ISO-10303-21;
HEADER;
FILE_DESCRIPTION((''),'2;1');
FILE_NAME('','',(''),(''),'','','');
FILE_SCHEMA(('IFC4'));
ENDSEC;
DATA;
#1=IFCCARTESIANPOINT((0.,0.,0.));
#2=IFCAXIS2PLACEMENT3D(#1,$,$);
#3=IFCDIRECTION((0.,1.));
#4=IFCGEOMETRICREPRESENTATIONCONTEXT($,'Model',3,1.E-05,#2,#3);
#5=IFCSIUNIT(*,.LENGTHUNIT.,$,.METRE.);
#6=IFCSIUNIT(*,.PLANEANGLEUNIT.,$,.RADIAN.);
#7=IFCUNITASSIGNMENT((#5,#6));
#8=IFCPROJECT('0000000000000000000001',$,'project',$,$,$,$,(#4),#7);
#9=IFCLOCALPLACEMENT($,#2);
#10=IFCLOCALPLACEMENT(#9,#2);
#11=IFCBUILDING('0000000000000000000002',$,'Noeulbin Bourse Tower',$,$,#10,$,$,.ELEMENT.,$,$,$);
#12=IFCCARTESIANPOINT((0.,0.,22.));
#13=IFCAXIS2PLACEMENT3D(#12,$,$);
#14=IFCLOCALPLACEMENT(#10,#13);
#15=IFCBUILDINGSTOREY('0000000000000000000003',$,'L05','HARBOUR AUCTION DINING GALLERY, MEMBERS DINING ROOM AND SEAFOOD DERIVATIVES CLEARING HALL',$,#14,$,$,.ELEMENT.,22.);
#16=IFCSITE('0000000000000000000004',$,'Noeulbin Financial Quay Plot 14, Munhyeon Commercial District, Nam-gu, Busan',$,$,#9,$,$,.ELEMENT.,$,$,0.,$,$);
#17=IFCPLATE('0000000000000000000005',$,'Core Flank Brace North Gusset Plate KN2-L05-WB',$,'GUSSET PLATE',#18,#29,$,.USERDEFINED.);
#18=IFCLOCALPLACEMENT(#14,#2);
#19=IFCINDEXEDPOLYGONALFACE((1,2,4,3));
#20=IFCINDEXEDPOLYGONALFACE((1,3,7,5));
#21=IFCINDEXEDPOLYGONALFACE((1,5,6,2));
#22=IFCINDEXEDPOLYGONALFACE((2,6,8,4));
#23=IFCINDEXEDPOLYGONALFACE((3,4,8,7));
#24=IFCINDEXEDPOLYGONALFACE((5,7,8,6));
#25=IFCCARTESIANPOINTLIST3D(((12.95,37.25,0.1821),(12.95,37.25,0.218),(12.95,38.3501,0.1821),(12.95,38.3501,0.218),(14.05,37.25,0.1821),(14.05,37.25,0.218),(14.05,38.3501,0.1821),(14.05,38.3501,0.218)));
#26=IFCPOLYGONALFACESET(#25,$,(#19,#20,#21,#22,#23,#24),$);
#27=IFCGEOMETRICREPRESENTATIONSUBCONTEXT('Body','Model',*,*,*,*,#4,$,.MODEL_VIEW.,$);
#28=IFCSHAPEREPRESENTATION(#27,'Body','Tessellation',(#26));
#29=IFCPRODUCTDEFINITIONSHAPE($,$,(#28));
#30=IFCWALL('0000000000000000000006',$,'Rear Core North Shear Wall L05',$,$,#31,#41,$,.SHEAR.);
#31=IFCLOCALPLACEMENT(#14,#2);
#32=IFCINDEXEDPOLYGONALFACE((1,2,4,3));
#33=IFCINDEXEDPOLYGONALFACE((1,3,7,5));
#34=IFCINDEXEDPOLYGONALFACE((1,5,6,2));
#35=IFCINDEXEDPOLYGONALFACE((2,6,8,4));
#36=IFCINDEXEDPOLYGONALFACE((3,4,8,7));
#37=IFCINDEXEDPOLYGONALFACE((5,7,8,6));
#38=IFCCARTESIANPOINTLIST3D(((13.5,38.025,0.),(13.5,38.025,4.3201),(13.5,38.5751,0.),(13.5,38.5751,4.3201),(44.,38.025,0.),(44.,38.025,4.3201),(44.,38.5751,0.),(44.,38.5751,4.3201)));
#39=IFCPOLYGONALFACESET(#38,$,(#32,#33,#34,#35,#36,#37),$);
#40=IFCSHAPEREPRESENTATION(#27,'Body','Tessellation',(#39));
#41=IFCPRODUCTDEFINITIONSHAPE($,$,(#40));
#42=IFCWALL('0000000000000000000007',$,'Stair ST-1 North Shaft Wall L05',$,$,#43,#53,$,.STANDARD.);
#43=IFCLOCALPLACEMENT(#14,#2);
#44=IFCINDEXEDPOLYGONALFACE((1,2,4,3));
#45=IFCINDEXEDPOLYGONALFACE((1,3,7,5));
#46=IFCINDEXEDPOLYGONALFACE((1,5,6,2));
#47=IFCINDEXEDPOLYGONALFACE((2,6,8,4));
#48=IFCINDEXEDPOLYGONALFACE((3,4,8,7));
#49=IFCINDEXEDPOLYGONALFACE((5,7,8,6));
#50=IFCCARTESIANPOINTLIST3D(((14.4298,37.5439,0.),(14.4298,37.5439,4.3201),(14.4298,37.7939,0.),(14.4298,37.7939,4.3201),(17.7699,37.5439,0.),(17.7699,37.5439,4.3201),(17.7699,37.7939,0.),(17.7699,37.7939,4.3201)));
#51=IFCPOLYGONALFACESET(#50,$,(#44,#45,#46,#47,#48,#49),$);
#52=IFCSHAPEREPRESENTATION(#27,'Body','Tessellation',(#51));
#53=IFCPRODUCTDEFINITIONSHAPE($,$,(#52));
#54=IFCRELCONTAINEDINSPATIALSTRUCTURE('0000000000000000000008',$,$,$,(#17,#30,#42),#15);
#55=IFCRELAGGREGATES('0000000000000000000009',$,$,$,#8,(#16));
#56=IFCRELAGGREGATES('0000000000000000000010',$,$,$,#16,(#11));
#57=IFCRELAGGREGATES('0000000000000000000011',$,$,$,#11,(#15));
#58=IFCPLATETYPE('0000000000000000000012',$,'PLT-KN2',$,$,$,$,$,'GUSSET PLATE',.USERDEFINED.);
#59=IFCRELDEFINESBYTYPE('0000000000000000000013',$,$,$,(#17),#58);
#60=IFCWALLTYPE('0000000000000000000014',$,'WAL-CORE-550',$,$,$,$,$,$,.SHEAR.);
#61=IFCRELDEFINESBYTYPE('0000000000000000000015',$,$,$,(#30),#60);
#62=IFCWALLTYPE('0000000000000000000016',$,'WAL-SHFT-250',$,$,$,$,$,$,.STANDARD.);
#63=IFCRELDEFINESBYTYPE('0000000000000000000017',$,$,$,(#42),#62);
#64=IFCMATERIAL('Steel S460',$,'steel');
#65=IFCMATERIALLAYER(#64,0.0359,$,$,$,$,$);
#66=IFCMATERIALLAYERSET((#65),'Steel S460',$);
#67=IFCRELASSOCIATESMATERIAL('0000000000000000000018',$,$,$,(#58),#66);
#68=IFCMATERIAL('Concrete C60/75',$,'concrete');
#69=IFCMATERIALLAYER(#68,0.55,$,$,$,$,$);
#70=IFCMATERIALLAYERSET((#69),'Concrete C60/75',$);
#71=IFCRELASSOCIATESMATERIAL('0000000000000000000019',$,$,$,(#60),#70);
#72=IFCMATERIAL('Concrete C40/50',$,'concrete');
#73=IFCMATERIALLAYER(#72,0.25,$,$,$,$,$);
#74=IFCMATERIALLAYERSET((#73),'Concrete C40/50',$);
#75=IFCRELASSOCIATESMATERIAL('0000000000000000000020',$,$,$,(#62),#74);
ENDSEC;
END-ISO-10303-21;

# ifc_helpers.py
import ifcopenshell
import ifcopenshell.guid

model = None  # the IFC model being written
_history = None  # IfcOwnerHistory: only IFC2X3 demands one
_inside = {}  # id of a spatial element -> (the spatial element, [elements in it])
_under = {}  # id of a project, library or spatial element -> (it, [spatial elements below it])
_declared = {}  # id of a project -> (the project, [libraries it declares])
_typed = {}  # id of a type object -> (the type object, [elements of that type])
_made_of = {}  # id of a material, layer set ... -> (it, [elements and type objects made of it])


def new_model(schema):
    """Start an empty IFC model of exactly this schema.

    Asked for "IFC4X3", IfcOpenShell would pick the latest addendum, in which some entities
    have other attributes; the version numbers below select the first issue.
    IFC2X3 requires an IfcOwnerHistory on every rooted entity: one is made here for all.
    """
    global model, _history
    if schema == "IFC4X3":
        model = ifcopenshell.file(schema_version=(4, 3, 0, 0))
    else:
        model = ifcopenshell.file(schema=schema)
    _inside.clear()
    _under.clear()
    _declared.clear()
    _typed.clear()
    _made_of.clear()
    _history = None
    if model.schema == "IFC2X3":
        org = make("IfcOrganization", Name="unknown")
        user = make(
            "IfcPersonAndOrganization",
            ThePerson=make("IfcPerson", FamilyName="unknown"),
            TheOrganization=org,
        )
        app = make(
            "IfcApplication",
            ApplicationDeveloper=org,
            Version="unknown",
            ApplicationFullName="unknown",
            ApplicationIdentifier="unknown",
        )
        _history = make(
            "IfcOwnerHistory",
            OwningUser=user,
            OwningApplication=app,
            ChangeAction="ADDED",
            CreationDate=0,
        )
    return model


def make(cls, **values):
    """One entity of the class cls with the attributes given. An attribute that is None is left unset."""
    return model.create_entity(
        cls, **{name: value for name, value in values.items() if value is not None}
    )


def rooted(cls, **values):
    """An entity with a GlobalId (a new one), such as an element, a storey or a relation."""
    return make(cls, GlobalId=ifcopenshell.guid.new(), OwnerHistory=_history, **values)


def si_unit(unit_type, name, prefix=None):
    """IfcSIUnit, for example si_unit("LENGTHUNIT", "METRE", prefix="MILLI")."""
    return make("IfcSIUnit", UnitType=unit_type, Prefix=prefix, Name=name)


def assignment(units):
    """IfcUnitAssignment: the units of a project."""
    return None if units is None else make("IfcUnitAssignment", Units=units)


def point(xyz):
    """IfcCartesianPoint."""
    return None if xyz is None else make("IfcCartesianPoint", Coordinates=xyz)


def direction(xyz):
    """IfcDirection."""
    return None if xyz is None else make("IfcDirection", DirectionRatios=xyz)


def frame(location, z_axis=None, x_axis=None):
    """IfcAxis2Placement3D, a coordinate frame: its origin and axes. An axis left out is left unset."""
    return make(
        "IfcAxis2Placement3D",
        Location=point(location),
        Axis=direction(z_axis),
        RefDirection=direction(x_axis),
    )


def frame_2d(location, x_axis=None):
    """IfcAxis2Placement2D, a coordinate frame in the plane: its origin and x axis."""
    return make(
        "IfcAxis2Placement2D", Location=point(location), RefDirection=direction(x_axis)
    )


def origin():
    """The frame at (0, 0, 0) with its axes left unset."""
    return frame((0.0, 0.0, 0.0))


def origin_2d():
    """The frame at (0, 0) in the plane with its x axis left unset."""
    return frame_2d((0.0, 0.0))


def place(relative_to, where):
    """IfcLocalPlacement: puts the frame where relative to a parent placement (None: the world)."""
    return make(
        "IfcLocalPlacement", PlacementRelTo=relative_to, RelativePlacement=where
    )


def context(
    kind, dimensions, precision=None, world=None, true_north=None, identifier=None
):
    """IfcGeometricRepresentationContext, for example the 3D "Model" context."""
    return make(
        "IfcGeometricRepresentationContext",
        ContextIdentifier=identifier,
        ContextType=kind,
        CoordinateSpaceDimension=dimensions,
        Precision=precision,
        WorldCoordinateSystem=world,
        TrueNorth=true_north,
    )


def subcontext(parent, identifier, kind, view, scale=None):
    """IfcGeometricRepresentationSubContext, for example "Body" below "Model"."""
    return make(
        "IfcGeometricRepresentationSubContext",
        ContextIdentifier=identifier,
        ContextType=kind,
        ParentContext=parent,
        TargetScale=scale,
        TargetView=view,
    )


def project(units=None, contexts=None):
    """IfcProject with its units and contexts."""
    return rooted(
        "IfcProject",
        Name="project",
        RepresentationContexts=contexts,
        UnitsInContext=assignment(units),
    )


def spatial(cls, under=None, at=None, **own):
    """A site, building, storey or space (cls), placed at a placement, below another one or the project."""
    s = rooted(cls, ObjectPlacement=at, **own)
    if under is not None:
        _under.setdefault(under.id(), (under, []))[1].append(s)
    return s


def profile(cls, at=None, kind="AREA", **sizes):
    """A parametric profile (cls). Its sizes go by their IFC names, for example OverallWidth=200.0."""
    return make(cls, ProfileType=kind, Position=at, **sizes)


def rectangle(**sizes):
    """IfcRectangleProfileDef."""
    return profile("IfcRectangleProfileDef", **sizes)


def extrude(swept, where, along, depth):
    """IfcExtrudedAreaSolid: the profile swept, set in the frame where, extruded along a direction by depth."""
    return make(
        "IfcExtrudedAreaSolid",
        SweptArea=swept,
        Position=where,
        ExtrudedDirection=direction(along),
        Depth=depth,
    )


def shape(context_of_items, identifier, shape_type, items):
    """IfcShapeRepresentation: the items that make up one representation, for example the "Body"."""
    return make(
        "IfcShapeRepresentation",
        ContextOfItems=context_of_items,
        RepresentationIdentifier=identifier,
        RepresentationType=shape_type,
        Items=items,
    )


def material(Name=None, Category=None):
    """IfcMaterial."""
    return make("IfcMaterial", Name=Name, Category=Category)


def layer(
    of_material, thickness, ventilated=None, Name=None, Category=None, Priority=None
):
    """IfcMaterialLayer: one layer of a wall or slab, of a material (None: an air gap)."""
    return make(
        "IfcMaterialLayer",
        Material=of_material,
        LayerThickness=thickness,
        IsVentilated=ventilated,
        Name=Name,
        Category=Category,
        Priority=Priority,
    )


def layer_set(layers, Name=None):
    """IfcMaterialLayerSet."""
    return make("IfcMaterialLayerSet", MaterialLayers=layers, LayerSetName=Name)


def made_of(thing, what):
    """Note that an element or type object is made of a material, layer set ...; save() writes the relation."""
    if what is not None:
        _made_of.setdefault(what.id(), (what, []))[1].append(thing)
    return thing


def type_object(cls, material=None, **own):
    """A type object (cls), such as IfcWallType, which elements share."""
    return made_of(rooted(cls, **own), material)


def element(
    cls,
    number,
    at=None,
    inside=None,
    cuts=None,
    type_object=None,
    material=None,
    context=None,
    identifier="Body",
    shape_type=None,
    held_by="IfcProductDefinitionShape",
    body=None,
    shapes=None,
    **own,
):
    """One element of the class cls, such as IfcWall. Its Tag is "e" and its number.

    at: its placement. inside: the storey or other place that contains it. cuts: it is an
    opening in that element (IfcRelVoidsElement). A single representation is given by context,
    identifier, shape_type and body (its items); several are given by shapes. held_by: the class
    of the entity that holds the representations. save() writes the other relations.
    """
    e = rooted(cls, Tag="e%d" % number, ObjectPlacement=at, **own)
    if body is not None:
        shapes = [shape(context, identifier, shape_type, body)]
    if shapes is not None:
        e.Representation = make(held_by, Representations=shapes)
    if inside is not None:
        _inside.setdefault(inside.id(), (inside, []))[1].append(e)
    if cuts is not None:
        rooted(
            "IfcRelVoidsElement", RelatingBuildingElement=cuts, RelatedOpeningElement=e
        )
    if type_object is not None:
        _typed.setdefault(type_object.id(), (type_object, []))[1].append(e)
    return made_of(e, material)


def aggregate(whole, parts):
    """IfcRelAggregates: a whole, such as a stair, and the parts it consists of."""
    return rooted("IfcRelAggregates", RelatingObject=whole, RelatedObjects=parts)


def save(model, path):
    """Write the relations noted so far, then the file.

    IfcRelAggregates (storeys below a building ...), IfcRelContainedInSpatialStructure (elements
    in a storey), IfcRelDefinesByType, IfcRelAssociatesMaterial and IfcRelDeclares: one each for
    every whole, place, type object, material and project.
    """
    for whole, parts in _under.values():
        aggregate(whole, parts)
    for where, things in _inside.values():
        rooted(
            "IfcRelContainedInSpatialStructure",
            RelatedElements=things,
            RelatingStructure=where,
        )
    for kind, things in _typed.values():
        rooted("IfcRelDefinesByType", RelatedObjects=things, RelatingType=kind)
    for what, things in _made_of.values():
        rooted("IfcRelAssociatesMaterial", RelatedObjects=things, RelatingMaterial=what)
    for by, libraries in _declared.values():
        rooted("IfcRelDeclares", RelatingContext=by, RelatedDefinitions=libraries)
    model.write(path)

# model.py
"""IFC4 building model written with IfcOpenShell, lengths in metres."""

from ifc_helpers import new_model, si_unit, direction, frame, frame_2d, origin, origin_2d, place, context, subcontext, project, spatial, rectangle, extrude, material, layer, layer_set, type_object, element, save


model = new_model("IFC4")

# Units and contexts
model_context = context("Model", 3, precision=1e-05, world=origin(), true_north=direction((0.0, 1.0)))
body_context = subcontext(model_context, "Body", "Model", "MODEL_VIEW")
ifc_project = project(units=[si_unit("LENGTHUNIT", "METRE"), si_unit("PLANEANGLEUNIT", "RADIAN")], contexts=[model_context])

# Site, building, storey
site_placement = place(None, origin())
site = spatial("IfcSite", under=ifc_project, at=site_placement, Name="Noeulbin Financial Quay Plot 14, Munhyeon Commercial District, Nam-gu, Busan", CompositionType="ELEMENT", RefElevation=0.0)
building_placement = place(site_placement, origin())
building = spatial("IfcBuilding", under=site, at=building_placement, Name="Noeulbin Bourse Tower", CompositionType="ELEMENT")
storey_placement = place(building_placement, frame((0.0, 0.0, 22.0)))
storey = spatial("IfcBuildingStorey", under=building, at=storey_placement, Name="L05", Description="HARBOUR AUCTION DINING GALLERY, MEMBERS DINING ROOM AND SEAFOOD DERIVATIVES CLEARING HALL", CompositionType="ELEMENT", Elevation=22.0)

# Shared definitions
ifc_material_1 = material(Name="Steel S460", Category="steel")

# Plate
ifc_layer_1 = layer(ifc_material_1, 0.0359)
ifc_layer_set_1 = layer_set([ifc_layer_1], Name="Steel S460")
plate_type_1 = type_object("IfcPlateType", Name="PLT-KN2", ElementType="GUSSET PLATE", PredefinedType="USERDEFINED", material=ifc_layer_set_1)
plate_1_placement = place(storey_placement, frame((13.5, 37.8, 0.1821), z_axis=(0.0, 0.0, 1.0), x_axis=(1.0, 0.0, 0.0)))
element("IfcPlate", 1, at=plate_1_placement, inside=storey, type_object=plate_type_1, Name="Core Flank Brace North Gusset Plate KN2-L05-WB", ObjectType="GUSSET PLATE", PredefinedType="USERDEFINED", context=body_context, shape_type="SweptSolid", body=[
    extrude(rectangle(XDim=1.1001, YDim=1.1001, at=origin_2d()), origin(), (0.0, 0.0, 1.0), 0.0359),
])

# Walls
ifc_material_2 = material(Name="Concrete C60/75", Category="concrete")
ifc_layer_2 = layer(ifc_material_2, 0.55)
ifc_layer_set_2 = layer_set([ifc_layer_2], Name="Concrete C60/75")
wall_type_1 = type_object("IfcWallType", Name="WAL-CORE-550", PredefinedType="SHEAR", material=ifc_layer_set_2)
wall_1_placement = place(storey_placement, frame((13.5, 38.3, 0.0), z_axis=(0.0, 0.0, 1.0), x_axis=(1.0, 0.0, 0.0)))
element("IfcWall", 2, at=wall_1_placement, inside=storey, type_object=wall_type_1, Name="Rear Core North Shear Wall L05", PredefinedType="SHEAR", context=body_context, shape_type="SweptSolid", body=[
    extrude(rectangle(XDim=30.5, YDim=0.55, at=frame_2d((15.25, 0.0))), origin(), (0.0, 0.0, 1.0), 4.3201),
])
ifc_material_3 = material(Name="Concrete C40/50", Category="concrete")
ifc_layer_3 = layer(ifc_material_3, 0.25)
ifc_layer_set_3 = layer_set([ifc_layer_3], Name="Concrete C40/50")
wall_type_2 = type_object("IfcWallType", Name="WAL-SHFT-250", PredefinedType="STANDARD", material=ifc_layer_set_3)
wall_2_placement = place(storey_placement, frame((14.4299, 37.6689, 0.0), z_axis=(0.0, 0.0, 1.0), x_axis=(1.0, 0.0, 0.0)))
element("IfcWall", 3, at=wall_2_placement, inside=storey, type_object=wall_type_2, Name="Stair ST-1 North Shaft Wall L05", PredefinedType="STANDARD", context=body_context, shape_type="SweptSolid", body=[
    extrude(rectangle(XDim=3.3401, YDim=0.25, at=frame_2d((1.6699, 0.0))), origin(), (0.0, 0.0, 1.0), 4.3201),
])

save(model, "model.ifc")
